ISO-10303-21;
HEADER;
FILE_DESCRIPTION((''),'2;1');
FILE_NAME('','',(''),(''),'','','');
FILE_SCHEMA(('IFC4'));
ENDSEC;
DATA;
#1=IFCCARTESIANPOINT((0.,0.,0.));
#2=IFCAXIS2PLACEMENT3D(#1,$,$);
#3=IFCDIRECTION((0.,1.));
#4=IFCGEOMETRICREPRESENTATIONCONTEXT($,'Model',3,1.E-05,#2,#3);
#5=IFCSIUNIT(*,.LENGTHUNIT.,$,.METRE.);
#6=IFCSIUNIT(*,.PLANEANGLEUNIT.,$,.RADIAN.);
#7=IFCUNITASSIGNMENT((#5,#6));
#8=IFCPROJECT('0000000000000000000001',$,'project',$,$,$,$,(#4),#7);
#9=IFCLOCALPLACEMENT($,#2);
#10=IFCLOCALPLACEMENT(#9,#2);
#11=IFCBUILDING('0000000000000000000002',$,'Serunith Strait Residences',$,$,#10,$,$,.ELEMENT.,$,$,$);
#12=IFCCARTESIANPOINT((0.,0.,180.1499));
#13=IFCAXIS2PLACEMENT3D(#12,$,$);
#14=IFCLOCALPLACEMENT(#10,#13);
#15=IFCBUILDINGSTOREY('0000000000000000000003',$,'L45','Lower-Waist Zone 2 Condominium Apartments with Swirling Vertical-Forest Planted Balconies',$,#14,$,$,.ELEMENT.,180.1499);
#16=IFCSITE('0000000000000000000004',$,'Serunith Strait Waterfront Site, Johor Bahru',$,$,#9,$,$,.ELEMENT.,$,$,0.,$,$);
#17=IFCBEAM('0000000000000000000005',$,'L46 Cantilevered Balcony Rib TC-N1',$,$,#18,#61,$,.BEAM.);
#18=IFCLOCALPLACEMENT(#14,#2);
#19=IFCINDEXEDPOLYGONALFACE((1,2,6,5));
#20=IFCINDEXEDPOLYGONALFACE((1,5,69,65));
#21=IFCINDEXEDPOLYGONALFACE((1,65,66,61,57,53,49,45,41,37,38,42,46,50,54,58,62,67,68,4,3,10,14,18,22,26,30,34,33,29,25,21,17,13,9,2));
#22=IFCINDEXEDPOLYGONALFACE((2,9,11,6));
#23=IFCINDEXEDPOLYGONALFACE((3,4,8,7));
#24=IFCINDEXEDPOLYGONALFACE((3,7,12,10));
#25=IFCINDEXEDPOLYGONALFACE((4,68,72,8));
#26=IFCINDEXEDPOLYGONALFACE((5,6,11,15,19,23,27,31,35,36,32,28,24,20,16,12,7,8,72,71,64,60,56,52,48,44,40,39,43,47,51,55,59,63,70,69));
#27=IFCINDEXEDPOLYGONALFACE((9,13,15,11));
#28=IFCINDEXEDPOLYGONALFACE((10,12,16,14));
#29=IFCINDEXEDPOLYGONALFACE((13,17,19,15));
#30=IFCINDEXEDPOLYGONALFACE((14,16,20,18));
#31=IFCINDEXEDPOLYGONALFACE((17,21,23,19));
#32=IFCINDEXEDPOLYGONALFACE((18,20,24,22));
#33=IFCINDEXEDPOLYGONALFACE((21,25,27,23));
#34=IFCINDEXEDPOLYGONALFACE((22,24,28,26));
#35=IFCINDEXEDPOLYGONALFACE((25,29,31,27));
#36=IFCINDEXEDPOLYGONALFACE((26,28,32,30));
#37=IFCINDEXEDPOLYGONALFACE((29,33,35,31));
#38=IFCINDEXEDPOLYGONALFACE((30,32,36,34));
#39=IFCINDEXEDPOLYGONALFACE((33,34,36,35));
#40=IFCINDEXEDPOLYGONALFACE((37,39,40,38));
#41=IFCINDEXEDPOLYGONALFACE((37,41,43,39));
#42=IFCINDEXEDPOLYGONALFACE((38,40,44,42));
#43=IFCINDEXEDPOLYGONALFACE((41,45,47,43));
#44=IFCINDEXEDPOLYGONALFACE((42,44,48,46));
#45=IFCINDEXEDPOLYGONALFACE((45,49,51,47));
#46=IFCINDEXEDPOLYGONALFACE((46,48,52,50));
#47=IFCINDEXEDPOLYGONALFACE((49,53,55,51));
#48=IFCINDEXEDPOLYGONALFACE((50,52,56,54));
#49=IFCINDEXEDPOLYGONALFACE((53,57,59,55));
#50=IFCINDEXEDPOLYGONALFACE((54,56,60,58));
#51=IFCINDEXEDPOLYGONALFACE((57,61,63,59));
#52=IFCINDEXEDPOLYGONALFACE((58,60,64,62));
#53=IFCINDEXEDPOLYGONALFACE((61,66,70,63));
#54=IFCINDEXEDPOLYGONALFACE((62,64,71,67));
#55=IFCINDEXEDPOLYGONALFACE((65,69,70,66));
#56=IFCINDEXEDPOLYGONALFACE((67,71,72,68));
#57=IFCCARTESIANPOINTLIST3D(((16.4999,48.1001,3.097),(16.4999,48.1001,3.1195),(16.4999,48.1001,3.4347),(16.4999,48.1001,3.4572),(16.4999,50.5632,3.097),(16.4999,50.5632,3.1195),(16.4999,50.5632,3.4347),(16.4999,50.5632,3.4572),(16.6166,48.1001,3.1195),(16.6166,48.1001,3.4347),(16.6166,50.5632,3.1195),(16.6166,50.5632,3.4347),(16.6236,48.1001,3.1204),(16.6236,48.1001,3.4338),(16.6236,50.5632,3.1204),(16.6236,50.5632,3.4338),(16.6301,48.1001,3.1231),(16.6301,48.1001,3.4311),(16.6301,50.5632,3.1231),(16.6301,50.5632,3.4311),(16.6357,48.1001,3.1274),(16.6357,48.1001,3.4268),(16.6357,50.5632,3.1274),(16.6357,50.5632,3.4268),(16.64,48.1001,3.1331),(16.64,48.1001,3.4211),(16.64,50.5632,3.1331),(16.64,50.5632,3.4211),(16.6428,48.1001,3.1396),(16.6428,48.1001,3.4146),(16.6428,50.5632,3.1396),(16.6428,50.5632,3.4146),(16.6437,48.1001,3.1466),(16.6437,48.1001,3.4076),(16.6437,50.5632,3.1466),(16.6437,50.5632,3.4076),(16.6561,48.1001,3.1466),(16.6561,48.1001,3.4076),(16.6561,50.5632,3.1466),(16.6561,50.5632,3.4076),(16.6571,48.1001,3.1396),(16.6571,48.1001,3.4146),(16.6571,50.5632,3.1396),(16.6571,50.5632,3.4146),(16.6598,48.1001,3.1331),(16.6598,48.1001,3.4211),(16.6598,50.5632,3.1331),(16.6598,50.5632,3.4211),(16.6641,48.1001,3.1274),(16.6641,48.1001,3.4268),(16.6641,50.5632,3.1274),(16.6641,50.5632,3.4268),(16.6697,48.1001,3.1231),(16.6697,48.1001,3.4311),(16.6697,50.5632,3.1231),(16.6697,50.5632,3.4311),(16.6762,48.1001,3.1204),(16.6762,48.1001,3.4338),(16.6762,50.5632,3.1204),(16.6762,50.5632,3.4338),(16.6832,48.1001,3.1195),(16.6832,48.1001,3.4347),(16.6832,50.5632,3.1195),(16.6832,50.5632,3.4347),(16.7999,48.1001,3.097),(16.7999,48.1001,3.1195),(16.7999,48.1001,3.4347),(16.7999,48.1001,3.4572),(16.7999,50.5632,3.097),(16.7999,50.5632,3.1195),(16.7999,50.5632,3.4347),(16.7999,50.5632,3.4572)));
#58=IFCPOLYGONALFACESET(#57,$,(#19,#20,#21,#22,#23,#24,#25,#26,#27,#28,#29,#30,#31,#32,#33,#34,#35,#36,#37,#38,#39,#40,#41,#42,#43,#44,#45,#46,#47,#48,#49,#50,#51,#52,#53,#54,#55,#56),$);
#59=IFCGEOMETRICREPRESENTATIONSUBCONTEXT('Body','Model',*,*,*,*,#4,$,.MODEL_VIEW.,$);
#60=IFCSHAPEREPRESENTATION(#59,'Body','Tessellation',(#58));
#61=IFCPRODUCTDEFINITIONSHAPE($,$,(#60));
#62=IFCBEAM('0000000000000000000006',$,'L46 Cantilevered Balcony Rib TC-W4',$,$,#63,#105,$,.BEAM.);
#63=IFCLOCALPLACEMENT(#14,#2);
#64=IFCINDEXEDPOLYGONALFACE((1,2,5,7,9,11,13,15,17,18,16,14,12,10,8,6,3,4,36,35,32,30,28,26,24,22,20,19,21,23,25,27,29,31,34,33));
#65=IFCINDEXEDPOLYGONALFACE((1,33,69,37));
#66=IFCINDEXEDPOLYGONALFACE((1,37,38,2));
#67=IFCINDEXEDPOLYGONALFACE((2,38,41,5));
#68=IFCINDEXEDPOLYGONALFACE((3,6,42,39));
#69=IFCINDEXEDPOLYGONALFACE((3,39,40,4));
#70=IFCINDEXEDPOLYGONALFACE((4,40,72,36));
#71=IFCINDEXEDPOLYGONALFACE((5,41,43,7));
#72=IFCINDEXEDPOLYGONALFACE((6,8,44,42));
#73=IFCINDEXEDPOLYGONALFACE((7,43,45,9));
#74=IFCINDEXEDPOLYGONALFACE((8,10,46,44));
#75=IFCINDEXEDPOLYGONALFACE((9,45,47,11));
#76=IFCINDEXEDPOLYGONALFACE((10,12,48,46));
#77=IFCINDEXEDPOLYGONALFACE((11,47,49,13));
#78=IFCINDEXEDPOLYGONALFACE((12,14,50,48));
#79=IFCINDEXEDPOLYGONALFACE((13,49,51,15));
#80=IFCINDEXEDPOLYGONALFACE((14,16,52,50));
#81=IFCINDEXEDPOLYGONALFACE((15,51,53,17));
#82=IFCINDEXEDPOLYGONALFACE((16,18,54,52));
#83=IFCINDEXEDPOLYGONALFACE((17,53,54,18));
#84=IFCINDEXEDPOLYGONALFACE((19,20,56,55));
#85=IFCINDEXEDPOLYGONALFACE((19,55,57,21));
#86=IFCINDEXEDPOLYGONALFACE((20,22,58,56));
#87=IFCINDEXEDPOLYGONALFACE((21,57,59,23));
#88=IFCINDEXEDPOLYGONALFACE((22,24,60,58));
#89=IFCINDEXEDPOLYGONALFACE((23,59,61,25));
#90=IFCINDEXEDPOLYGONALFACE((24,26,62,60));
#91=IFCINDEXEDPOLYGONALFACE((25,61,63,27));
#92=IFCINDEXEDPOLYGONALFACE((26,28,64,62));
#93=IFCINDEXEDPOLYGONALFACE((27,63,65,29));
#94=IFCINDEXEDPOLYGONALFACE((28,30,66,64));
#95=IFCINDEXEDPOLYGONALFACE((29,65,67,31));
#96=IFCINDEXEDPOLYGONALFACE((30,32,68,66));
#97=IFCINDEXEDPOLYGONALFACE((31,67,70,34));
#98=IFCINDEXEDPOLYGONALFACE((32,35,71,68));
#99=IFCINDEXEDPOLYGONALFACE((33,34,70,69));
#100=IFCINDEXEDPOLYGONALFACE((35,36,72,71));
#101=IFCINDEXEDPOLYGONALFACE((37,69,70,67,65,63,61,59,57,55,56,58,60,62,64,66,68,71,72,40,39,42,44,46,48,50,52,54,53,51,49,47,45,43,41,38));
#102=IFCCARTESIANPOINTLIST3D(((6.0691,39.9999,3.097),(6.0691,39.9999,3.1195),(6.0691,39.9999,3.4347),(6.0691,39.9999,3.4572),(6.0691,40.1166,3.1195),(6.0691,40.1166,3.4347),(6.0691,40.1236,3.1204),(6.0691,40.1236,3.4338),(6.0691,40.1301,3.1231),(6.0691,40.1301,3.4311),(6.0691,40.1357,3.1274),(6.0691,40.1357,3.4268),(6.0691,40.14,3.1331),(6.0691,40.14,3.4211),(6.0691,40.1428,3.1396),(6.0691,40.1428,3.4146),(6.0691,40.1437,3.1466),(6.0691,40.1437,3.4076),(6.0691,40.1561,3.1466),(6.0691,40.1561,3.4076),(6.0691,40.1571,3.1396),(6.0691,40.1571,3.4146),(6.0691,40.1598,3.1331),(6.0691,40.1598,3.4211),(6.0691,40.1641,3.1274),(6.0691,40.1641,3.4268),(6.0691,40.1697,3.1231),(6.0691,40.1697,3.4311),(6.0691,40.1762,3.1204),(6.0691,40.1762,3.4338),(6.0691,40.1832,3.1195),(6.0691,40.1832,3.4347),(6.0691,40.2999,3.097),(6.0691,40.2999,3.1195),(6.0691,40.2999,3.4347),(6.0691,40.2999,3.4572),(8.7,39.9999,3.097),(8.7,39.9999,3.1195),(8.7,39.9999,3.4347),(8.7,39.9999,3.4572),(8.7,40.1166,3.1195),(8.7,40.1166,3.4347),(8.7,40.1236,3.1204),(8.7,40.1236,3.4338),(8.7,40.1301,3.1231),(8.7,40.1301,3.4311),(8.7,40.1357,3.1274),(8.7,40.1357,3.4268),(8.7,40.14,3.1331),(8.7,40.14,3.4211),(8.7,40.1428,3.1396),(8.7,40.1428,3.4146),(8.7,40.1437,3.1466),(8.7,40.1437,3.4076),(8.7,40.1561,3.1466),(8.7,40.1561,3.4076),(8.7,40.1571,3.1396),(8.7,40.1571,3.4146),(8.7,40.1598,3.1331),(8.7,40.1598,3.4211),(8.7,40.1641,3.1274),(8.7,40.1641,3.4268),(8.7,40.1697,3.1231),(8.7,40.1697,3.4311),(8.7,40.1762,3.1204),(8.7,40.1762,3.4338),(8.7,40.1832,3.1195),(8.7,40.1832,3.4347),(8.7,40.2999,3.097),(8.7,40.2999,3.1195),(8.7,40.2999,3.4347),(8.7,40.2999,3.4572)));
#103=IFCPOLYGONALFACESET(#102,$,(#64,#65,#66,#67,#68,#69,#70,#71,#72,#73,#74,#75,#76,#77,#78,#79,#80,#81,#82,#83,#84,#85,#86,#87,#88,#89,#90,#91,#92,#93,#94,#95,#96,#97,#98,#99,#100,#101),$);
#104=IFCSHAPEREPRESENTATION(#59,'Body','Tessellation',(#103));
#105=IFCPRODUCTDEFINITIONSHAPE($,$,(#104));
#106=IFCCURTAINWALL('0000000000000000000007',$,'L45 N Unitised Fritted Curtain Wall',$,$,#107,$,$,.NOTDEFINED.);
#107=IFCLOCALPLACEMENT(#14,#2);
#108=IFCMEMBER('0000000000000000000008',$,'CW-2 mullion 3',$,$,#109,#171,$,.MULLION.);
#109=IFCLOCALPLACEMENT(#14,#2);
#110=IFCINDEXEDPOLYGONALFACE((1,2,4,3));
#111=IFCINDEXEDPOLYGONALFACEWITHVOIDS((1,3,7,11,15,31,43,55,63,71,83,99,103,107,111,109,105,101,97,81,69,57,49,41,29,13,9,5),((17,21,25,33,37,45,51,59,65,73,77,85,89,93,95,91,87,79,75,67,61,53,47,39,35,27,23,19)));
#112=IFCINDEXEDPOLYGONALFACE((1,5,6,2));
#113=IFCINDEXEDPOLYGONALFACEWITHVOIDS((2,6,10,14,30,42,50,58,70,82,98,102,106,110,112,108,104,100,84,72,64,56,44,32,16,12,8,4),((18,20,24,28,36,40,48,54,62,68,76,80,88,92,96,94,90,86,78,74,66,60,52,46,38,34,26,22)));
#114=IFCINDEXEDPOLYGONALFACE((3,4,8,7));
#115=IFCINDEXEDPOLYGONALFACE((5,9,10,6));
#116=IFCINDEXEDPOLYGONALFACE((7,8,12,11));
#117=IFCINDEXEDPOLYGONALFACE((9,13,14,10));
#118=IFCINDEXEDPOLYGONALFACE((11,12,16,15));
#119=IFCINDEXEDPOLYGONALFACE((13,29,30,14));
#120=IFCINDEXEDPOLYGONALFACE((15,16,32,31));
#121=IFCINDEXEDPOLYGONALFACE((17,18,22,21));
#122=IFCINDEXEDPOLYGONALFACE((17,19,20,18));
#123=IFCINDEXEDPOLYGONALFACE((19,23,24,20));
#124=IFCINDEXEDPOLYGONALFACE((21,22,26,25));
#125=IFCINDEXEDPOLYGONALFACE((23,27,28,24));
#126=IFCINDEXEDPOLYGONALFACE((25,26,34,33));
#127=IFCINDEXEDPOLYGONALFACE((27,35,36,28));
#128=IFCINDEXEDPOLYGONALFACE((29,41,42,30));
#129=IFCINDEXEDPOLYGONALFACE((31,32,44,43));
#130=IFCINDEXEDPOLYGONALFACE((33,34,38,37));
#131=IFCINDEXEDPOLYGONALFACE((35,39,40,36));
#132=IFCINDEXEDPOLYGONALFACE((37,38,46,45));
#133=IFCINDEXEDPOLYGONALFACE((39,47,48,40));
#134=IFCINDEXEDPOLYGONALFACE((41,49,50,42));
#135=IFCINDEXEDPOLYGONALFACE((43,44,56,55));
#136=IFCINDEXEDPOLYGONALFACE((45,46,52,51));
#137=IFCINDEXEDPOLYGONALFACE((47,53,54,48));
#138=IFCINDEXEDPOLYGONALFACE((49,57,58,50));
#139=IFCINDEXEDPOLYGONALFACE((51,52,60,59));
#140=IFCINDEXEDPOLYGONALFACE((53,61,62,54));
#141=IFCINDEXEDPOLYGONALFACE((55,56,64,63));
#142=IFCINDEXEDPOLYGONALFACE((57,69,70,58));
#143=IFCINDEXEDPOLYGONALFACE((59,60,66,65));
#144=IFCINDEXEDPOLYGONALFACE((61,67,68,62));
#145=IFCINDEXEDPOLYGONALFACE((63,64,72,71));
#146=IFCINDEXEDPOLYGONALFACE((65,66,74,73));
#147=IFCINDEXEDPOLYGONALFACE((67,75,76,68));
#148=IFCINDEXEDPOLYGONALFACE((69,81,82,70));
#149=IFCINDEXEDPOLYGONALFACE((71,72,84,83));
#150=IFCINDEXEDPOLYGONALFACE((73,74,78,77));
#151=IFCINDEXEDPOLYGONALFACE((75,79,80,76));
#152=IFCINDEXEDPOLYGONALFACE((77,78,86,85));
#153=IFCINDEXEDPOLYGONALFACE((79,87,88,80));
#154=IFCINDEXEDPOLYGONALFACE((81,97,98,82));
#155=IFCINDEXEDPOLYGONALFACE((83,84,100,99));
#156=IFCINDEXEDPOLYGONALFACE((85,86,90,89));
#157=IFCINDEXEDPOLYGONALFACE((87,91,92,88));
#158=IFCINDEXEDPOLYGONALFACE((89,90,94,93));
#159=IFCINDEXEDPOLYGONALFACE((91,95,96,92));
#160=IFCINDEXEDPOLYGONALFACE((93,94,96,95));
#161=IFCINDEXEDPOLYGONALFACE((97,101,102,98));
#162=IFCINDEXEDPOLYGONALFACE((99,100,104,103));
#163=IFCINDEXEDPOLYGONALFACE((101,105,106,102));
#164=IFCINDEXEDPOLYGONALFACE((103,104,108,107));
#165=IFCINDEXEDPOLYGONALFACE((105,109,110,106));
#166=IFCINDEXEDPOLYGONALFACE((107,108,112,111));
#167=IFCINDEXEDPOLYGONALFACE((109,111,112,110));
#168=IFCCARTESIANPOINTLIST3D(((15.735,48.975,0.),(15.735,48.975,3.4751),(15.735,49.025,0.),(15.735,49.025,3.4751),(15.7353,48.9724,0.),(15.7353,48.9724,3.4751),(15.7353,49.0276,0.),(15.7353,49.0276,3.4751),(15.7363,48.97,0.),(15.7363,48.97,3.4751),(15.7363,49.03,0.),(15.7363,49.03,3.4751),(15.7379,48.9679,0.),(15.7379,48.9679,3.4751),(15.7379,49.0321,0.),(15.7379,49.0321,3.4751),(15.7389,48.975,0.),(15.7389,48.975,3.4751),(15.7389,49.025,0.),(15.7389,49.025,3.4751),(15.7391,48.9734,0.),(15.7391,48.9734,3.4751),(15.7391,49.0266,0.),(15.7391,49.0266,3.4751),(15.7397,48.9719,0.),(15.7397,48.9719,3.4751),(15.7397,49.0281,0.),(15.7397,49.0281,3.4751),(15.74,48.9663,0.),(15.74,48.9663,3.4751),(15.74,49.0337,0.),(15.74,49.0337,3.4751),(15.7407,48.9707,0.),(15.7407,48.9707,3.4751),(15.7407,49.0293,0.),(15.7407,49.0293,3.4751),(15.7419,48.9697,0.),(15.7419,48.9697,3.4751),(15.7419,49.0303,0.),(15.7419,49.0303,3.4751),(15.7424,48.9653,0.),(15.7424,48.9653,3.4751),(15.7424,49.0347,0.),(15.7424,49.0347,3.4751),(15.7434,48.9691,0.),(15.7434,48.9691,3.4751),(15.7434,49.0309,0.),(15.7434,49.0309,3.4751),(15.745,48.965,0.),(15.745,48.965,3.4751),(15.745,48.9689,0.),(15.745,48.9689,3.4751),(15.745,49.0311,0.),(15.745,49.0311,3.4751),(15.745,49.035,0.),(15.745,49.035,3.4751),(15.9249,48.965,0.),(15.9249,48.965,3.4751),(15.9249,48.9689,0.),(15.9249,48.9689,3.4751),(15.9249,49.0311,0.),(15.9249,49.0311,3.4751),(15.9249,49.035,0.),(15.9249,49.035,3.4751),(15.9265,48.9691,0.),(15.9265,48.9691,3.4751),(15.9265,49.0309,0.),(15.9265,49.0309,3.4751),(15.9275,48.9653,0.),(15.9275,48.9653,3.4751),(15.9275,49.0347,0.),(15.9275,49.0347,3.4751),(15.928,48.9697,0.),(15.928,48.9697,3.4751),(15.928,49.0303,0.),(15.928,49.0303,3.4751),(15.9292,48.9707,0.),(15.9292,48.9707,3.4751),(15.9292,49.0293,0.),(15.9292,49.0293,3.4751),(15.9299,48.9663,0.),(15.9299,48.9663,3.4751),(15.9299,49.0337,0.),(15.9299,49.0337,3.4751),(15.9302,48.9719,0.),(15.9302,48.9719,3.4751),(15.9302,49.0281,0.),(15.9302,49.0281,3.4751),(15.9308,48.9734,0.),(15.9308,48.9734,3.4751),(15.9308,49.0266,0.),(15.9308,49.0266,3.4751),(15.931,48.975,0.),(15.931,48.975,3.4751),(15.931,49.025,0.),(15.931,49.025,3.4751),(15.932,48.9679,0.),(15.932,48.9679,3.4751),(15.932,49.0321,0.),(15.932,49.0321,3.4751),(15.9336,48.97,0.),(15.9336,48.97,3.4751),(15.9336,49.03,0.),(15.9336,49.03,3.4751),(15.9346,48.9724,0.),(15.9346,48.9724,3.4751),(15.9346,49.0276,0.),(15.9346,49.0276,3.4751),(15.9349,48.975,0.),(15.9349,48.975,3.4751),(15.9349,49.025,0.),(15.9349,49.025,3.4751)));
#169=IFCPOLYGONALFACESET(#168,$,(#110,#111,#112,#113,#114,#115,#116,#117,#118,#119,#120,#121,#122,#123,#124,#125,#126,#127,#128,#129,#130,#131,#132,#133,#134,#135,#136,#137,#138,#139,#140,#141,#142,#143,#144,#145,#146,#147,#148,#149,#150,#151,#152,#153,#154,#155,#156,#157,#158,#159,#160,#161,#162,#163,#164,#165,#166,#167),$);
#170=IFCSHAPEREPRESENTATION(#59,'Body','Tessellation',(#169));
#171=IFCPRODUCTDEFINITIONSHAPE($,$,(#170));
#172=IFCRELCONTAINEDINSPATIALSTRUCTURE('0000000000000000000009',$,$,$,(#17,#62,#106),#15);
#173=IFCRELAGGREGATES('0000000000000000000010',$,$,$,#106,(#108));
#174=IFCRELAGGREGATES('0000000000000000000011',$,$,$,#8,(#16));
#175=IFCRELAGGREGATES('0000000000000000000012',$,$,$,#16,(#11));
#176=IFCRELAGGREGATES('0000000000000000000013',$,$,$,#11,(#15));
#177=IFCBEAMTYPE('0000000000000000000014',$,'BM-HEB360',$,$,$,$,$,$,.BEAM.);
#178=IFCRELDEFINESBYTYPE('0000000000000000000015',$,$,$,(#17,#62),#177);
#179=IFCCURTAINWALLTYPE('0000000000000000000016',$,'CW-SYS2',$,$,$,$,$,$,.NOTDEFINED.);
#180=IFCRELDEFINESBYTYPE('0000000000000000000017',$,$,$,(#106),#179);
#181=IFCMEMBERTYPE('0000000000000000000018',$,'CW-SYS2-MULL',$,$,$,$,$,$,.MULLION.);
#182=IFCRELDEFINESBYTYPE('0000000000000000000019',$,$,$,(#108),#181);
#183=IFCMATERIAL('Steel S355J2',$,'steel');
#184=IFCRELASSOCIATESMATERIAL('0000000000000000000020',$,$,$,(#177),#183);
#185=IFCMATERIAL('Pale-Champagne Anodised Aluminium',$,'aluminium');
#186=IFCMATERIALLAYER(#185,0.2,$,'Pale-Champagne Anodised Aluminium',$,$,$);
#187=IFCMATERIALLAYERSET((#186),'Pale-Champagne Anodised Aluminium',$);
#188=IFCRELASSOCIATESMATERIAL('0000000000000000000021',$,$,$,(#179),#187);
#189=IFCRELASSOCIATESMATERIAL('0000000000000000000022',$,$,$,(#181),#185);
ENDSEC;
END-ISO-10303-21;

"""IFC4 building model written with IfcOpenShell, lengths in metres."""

from ifc_helpers import new_model, si_unit, direction, frame, origin, origin_2d, place, context, subcontext, project, spatial, hollow_rectangle, i_section, extrude, source, transform, mapped, material, layer, layer_set, material_profile, profile_set, type_object, element, aggregate, save


model = new_model("IFC4")

# Units and contexts
model_context = context("Model", 3, precision=1e-05, world=origin(), true_north=direction((0.0, 1.0)))
body_context = subcontext(model_context, "Body", "Model", "MODEL_VIEW")
ifc_project = project(units=[si_unit("LENGTHUNIT", "METRE"), si_unit("PLANEANGLEUNIT", "RADIAN")], contexts=[model_context])

# Site, building, storey
site_placement = place(None, origin())
site = spatial("IfcSite", under=ifc_project, at=site_placement, Name="Serunith Strait Waterfront Site, Johor Bahru", CompositionType="ELEMENT", RefElevation=0.0)
building_placement = place(site_placement, origin())
building = spatial("IfcBuilding", under=site, at=building_placement, Name="Serunith Strait Residences", CompositionType="ELEMENT")
storey_placement = place(building_placement, frame((0.0, 0.0, 180.1499)))
storey = spatial("IfcBuildingStorey", under=building, at=storey_placement, Name="L45", Description="Lower-Waist Zone 2 Condominium Apartments with Swirling Vertical-Forest Planted Balconies", CompositionType="ELEMENT", Elevation=180.1499)

# Beams
ifc_material_1 = material(Name="Steel S355J2", Category="steel")
ifc_material_profile_1 = material_profile(ifc_material_1, i_section(OverallWidth=0.3, OverallDepth=0.3601, WebThickness=0.0125, FlangeThickness=0.0225, FilletRadius=0.0271, at=origin_2d()), Name="HEB 360")
ifc_profile_set_1 = profile_set([ifc_material_profile_1], Name="Steel S355J2")
beam_type_1 = type_object("IfcBeamType", Name="BM-HEB360", PredefinedType="BEAM", material=ifc_profile_set_1)
shared_shape_1 = source(origin(), body_context, "Body", "SweptSolid", [
    extrude(i_section(OverallWidth=0.3, OverallDepth=0.3601, WebThickness=0.0125, FlangeThickness=0.0225, FilletRadius=0.0271, at=origin_2d()), origin(), (0.0, 0.0, 1.0), 2.4631),
])
beam_1_placement = place(storey_placement, frame((16.6499, 48.1001, 3.2771), z_axis=(0.0, 1.0, 0.0), x_axis=(-1.0, 0.0, 0.0)))
element("IfcBeam", 1, at=beam_1_placement, inside=storey, type_object=beam_type_1, Name="L46 Cantilevered Balcony Rib TC-N1", PredefinedType="BEAM", context=body_context, shape_type="MappedRepresentation", body=[
    mapped(shared_shape_1, transform((0.0, 0.0, 0.0), scale=1.0)),
])
shared_shape_2 = source(origin(), body_context, "Body", "SweptSolid", [
    extrude(i_section(OverallWidth=0.3, OverallDepth=0.3601, WebThickness=0.0125, FlangeThickness=0.0225, FilletRadius=0.0271, at=origin_2d()), origin(), (0.0, 0.0, 1.0), 2.6309),
])
beam_2_placement = place(storey_placement, frame((8.7, 40.1499, 3.2771), z_axis=(-1.0, 0.0, 0.0), x_axis=(0.0, -1.0, 0.0)))
element("IfcBeam", 2, at=beam_2_placement, inside=storey, type_object=beam_type_1, Name="L46 Cantilevered Balcony Rib TC-W4", PredefinedType="BEAM", context=body_context, shape_type="MappedRepresentation", body=[
    mapped(shared_shape_2, transform((0.0, 0.0, 0.0), scale=1.0)),
])

# Curtain wall, member
ifc_material_2 = material(Name="Pale-Champagne Anodised Aluminium", Category="aluminium")
ifc_layer_1 = layer(ifc_material_2, 0.2, Name="Pale-Champagne Anodised Aluminium")
ifc_layer_set_1 = layer_set([ifc_layer_1], Name="Pale-Champagne Anodised Aluminium")
curtain_wall_type = type_object("IfcCurtainWallType", Name="CW-SYS2", PredefinedType="NOTDEFINED", material=ifc_layer_set_1)
curtain_wall_1_placement = place(storey_placement, origin())
curtain_wall_1 = element("IfcCurtainWall", 3, at=curtain_wall_1_placement, inside=storey, type_object=curtain_wall_type, Name="L45 N Unitised Fritted Curtain Wall", PredefinedType="NOTDEFINED")
ifc_material_profile_2 = material_profile(ifc_material_2, hollow_rectangle(XDim=0.0701, YDim=0.2, WallThickness=0.0039, InnerFilletRadius=0.0061, OuterFilletRadius=0.01, at=origin_2d()), Name="ALU 200x70x4")
ifc_profile_set_2 = profile_set([ifc_material_profile_2], Name="Pale-Champagne Anodised Aluminium")
member_type_1 = type_object("IfcMemberType", Name="CW-SYS2-MULL", PredefinedType="MULLION", material=ifc_profile_set_2)
shared_shape_3 = source(origin(), body_context, "Body", "SweptSolid", [
    extrude(hollow_rectangle(XDim=0.0701, YDim=0.2, WallThickness=0.0039, InnerFilletRadius=0.0061, OuterFilletRadius=0.01, at=origin_2d()), origin(), (0.0, 0.0, 1.0), 3.4751),
])
member_1_placement = place(storey_placement, frame((15.835, 49.0, 0.0), z_axis=(0.0, 0.0, 1.0), x_axis=(0.0, -1.0, 0.0)))
member_1 = element("IfcMember", 4, at=member_1_placement, type_object=member_type_1, Name="CW-2 mullion 3", PredefinedType="MULLION", context=body_context, shape_type="MappedRepresentation", body=[
    mapped(shared_shape_3, transform((0.0, 0.0, 0.0), scale=1.0)),
])

aggregate(curtain_wall_1, [member_1])

save(model, "model.ifc")
